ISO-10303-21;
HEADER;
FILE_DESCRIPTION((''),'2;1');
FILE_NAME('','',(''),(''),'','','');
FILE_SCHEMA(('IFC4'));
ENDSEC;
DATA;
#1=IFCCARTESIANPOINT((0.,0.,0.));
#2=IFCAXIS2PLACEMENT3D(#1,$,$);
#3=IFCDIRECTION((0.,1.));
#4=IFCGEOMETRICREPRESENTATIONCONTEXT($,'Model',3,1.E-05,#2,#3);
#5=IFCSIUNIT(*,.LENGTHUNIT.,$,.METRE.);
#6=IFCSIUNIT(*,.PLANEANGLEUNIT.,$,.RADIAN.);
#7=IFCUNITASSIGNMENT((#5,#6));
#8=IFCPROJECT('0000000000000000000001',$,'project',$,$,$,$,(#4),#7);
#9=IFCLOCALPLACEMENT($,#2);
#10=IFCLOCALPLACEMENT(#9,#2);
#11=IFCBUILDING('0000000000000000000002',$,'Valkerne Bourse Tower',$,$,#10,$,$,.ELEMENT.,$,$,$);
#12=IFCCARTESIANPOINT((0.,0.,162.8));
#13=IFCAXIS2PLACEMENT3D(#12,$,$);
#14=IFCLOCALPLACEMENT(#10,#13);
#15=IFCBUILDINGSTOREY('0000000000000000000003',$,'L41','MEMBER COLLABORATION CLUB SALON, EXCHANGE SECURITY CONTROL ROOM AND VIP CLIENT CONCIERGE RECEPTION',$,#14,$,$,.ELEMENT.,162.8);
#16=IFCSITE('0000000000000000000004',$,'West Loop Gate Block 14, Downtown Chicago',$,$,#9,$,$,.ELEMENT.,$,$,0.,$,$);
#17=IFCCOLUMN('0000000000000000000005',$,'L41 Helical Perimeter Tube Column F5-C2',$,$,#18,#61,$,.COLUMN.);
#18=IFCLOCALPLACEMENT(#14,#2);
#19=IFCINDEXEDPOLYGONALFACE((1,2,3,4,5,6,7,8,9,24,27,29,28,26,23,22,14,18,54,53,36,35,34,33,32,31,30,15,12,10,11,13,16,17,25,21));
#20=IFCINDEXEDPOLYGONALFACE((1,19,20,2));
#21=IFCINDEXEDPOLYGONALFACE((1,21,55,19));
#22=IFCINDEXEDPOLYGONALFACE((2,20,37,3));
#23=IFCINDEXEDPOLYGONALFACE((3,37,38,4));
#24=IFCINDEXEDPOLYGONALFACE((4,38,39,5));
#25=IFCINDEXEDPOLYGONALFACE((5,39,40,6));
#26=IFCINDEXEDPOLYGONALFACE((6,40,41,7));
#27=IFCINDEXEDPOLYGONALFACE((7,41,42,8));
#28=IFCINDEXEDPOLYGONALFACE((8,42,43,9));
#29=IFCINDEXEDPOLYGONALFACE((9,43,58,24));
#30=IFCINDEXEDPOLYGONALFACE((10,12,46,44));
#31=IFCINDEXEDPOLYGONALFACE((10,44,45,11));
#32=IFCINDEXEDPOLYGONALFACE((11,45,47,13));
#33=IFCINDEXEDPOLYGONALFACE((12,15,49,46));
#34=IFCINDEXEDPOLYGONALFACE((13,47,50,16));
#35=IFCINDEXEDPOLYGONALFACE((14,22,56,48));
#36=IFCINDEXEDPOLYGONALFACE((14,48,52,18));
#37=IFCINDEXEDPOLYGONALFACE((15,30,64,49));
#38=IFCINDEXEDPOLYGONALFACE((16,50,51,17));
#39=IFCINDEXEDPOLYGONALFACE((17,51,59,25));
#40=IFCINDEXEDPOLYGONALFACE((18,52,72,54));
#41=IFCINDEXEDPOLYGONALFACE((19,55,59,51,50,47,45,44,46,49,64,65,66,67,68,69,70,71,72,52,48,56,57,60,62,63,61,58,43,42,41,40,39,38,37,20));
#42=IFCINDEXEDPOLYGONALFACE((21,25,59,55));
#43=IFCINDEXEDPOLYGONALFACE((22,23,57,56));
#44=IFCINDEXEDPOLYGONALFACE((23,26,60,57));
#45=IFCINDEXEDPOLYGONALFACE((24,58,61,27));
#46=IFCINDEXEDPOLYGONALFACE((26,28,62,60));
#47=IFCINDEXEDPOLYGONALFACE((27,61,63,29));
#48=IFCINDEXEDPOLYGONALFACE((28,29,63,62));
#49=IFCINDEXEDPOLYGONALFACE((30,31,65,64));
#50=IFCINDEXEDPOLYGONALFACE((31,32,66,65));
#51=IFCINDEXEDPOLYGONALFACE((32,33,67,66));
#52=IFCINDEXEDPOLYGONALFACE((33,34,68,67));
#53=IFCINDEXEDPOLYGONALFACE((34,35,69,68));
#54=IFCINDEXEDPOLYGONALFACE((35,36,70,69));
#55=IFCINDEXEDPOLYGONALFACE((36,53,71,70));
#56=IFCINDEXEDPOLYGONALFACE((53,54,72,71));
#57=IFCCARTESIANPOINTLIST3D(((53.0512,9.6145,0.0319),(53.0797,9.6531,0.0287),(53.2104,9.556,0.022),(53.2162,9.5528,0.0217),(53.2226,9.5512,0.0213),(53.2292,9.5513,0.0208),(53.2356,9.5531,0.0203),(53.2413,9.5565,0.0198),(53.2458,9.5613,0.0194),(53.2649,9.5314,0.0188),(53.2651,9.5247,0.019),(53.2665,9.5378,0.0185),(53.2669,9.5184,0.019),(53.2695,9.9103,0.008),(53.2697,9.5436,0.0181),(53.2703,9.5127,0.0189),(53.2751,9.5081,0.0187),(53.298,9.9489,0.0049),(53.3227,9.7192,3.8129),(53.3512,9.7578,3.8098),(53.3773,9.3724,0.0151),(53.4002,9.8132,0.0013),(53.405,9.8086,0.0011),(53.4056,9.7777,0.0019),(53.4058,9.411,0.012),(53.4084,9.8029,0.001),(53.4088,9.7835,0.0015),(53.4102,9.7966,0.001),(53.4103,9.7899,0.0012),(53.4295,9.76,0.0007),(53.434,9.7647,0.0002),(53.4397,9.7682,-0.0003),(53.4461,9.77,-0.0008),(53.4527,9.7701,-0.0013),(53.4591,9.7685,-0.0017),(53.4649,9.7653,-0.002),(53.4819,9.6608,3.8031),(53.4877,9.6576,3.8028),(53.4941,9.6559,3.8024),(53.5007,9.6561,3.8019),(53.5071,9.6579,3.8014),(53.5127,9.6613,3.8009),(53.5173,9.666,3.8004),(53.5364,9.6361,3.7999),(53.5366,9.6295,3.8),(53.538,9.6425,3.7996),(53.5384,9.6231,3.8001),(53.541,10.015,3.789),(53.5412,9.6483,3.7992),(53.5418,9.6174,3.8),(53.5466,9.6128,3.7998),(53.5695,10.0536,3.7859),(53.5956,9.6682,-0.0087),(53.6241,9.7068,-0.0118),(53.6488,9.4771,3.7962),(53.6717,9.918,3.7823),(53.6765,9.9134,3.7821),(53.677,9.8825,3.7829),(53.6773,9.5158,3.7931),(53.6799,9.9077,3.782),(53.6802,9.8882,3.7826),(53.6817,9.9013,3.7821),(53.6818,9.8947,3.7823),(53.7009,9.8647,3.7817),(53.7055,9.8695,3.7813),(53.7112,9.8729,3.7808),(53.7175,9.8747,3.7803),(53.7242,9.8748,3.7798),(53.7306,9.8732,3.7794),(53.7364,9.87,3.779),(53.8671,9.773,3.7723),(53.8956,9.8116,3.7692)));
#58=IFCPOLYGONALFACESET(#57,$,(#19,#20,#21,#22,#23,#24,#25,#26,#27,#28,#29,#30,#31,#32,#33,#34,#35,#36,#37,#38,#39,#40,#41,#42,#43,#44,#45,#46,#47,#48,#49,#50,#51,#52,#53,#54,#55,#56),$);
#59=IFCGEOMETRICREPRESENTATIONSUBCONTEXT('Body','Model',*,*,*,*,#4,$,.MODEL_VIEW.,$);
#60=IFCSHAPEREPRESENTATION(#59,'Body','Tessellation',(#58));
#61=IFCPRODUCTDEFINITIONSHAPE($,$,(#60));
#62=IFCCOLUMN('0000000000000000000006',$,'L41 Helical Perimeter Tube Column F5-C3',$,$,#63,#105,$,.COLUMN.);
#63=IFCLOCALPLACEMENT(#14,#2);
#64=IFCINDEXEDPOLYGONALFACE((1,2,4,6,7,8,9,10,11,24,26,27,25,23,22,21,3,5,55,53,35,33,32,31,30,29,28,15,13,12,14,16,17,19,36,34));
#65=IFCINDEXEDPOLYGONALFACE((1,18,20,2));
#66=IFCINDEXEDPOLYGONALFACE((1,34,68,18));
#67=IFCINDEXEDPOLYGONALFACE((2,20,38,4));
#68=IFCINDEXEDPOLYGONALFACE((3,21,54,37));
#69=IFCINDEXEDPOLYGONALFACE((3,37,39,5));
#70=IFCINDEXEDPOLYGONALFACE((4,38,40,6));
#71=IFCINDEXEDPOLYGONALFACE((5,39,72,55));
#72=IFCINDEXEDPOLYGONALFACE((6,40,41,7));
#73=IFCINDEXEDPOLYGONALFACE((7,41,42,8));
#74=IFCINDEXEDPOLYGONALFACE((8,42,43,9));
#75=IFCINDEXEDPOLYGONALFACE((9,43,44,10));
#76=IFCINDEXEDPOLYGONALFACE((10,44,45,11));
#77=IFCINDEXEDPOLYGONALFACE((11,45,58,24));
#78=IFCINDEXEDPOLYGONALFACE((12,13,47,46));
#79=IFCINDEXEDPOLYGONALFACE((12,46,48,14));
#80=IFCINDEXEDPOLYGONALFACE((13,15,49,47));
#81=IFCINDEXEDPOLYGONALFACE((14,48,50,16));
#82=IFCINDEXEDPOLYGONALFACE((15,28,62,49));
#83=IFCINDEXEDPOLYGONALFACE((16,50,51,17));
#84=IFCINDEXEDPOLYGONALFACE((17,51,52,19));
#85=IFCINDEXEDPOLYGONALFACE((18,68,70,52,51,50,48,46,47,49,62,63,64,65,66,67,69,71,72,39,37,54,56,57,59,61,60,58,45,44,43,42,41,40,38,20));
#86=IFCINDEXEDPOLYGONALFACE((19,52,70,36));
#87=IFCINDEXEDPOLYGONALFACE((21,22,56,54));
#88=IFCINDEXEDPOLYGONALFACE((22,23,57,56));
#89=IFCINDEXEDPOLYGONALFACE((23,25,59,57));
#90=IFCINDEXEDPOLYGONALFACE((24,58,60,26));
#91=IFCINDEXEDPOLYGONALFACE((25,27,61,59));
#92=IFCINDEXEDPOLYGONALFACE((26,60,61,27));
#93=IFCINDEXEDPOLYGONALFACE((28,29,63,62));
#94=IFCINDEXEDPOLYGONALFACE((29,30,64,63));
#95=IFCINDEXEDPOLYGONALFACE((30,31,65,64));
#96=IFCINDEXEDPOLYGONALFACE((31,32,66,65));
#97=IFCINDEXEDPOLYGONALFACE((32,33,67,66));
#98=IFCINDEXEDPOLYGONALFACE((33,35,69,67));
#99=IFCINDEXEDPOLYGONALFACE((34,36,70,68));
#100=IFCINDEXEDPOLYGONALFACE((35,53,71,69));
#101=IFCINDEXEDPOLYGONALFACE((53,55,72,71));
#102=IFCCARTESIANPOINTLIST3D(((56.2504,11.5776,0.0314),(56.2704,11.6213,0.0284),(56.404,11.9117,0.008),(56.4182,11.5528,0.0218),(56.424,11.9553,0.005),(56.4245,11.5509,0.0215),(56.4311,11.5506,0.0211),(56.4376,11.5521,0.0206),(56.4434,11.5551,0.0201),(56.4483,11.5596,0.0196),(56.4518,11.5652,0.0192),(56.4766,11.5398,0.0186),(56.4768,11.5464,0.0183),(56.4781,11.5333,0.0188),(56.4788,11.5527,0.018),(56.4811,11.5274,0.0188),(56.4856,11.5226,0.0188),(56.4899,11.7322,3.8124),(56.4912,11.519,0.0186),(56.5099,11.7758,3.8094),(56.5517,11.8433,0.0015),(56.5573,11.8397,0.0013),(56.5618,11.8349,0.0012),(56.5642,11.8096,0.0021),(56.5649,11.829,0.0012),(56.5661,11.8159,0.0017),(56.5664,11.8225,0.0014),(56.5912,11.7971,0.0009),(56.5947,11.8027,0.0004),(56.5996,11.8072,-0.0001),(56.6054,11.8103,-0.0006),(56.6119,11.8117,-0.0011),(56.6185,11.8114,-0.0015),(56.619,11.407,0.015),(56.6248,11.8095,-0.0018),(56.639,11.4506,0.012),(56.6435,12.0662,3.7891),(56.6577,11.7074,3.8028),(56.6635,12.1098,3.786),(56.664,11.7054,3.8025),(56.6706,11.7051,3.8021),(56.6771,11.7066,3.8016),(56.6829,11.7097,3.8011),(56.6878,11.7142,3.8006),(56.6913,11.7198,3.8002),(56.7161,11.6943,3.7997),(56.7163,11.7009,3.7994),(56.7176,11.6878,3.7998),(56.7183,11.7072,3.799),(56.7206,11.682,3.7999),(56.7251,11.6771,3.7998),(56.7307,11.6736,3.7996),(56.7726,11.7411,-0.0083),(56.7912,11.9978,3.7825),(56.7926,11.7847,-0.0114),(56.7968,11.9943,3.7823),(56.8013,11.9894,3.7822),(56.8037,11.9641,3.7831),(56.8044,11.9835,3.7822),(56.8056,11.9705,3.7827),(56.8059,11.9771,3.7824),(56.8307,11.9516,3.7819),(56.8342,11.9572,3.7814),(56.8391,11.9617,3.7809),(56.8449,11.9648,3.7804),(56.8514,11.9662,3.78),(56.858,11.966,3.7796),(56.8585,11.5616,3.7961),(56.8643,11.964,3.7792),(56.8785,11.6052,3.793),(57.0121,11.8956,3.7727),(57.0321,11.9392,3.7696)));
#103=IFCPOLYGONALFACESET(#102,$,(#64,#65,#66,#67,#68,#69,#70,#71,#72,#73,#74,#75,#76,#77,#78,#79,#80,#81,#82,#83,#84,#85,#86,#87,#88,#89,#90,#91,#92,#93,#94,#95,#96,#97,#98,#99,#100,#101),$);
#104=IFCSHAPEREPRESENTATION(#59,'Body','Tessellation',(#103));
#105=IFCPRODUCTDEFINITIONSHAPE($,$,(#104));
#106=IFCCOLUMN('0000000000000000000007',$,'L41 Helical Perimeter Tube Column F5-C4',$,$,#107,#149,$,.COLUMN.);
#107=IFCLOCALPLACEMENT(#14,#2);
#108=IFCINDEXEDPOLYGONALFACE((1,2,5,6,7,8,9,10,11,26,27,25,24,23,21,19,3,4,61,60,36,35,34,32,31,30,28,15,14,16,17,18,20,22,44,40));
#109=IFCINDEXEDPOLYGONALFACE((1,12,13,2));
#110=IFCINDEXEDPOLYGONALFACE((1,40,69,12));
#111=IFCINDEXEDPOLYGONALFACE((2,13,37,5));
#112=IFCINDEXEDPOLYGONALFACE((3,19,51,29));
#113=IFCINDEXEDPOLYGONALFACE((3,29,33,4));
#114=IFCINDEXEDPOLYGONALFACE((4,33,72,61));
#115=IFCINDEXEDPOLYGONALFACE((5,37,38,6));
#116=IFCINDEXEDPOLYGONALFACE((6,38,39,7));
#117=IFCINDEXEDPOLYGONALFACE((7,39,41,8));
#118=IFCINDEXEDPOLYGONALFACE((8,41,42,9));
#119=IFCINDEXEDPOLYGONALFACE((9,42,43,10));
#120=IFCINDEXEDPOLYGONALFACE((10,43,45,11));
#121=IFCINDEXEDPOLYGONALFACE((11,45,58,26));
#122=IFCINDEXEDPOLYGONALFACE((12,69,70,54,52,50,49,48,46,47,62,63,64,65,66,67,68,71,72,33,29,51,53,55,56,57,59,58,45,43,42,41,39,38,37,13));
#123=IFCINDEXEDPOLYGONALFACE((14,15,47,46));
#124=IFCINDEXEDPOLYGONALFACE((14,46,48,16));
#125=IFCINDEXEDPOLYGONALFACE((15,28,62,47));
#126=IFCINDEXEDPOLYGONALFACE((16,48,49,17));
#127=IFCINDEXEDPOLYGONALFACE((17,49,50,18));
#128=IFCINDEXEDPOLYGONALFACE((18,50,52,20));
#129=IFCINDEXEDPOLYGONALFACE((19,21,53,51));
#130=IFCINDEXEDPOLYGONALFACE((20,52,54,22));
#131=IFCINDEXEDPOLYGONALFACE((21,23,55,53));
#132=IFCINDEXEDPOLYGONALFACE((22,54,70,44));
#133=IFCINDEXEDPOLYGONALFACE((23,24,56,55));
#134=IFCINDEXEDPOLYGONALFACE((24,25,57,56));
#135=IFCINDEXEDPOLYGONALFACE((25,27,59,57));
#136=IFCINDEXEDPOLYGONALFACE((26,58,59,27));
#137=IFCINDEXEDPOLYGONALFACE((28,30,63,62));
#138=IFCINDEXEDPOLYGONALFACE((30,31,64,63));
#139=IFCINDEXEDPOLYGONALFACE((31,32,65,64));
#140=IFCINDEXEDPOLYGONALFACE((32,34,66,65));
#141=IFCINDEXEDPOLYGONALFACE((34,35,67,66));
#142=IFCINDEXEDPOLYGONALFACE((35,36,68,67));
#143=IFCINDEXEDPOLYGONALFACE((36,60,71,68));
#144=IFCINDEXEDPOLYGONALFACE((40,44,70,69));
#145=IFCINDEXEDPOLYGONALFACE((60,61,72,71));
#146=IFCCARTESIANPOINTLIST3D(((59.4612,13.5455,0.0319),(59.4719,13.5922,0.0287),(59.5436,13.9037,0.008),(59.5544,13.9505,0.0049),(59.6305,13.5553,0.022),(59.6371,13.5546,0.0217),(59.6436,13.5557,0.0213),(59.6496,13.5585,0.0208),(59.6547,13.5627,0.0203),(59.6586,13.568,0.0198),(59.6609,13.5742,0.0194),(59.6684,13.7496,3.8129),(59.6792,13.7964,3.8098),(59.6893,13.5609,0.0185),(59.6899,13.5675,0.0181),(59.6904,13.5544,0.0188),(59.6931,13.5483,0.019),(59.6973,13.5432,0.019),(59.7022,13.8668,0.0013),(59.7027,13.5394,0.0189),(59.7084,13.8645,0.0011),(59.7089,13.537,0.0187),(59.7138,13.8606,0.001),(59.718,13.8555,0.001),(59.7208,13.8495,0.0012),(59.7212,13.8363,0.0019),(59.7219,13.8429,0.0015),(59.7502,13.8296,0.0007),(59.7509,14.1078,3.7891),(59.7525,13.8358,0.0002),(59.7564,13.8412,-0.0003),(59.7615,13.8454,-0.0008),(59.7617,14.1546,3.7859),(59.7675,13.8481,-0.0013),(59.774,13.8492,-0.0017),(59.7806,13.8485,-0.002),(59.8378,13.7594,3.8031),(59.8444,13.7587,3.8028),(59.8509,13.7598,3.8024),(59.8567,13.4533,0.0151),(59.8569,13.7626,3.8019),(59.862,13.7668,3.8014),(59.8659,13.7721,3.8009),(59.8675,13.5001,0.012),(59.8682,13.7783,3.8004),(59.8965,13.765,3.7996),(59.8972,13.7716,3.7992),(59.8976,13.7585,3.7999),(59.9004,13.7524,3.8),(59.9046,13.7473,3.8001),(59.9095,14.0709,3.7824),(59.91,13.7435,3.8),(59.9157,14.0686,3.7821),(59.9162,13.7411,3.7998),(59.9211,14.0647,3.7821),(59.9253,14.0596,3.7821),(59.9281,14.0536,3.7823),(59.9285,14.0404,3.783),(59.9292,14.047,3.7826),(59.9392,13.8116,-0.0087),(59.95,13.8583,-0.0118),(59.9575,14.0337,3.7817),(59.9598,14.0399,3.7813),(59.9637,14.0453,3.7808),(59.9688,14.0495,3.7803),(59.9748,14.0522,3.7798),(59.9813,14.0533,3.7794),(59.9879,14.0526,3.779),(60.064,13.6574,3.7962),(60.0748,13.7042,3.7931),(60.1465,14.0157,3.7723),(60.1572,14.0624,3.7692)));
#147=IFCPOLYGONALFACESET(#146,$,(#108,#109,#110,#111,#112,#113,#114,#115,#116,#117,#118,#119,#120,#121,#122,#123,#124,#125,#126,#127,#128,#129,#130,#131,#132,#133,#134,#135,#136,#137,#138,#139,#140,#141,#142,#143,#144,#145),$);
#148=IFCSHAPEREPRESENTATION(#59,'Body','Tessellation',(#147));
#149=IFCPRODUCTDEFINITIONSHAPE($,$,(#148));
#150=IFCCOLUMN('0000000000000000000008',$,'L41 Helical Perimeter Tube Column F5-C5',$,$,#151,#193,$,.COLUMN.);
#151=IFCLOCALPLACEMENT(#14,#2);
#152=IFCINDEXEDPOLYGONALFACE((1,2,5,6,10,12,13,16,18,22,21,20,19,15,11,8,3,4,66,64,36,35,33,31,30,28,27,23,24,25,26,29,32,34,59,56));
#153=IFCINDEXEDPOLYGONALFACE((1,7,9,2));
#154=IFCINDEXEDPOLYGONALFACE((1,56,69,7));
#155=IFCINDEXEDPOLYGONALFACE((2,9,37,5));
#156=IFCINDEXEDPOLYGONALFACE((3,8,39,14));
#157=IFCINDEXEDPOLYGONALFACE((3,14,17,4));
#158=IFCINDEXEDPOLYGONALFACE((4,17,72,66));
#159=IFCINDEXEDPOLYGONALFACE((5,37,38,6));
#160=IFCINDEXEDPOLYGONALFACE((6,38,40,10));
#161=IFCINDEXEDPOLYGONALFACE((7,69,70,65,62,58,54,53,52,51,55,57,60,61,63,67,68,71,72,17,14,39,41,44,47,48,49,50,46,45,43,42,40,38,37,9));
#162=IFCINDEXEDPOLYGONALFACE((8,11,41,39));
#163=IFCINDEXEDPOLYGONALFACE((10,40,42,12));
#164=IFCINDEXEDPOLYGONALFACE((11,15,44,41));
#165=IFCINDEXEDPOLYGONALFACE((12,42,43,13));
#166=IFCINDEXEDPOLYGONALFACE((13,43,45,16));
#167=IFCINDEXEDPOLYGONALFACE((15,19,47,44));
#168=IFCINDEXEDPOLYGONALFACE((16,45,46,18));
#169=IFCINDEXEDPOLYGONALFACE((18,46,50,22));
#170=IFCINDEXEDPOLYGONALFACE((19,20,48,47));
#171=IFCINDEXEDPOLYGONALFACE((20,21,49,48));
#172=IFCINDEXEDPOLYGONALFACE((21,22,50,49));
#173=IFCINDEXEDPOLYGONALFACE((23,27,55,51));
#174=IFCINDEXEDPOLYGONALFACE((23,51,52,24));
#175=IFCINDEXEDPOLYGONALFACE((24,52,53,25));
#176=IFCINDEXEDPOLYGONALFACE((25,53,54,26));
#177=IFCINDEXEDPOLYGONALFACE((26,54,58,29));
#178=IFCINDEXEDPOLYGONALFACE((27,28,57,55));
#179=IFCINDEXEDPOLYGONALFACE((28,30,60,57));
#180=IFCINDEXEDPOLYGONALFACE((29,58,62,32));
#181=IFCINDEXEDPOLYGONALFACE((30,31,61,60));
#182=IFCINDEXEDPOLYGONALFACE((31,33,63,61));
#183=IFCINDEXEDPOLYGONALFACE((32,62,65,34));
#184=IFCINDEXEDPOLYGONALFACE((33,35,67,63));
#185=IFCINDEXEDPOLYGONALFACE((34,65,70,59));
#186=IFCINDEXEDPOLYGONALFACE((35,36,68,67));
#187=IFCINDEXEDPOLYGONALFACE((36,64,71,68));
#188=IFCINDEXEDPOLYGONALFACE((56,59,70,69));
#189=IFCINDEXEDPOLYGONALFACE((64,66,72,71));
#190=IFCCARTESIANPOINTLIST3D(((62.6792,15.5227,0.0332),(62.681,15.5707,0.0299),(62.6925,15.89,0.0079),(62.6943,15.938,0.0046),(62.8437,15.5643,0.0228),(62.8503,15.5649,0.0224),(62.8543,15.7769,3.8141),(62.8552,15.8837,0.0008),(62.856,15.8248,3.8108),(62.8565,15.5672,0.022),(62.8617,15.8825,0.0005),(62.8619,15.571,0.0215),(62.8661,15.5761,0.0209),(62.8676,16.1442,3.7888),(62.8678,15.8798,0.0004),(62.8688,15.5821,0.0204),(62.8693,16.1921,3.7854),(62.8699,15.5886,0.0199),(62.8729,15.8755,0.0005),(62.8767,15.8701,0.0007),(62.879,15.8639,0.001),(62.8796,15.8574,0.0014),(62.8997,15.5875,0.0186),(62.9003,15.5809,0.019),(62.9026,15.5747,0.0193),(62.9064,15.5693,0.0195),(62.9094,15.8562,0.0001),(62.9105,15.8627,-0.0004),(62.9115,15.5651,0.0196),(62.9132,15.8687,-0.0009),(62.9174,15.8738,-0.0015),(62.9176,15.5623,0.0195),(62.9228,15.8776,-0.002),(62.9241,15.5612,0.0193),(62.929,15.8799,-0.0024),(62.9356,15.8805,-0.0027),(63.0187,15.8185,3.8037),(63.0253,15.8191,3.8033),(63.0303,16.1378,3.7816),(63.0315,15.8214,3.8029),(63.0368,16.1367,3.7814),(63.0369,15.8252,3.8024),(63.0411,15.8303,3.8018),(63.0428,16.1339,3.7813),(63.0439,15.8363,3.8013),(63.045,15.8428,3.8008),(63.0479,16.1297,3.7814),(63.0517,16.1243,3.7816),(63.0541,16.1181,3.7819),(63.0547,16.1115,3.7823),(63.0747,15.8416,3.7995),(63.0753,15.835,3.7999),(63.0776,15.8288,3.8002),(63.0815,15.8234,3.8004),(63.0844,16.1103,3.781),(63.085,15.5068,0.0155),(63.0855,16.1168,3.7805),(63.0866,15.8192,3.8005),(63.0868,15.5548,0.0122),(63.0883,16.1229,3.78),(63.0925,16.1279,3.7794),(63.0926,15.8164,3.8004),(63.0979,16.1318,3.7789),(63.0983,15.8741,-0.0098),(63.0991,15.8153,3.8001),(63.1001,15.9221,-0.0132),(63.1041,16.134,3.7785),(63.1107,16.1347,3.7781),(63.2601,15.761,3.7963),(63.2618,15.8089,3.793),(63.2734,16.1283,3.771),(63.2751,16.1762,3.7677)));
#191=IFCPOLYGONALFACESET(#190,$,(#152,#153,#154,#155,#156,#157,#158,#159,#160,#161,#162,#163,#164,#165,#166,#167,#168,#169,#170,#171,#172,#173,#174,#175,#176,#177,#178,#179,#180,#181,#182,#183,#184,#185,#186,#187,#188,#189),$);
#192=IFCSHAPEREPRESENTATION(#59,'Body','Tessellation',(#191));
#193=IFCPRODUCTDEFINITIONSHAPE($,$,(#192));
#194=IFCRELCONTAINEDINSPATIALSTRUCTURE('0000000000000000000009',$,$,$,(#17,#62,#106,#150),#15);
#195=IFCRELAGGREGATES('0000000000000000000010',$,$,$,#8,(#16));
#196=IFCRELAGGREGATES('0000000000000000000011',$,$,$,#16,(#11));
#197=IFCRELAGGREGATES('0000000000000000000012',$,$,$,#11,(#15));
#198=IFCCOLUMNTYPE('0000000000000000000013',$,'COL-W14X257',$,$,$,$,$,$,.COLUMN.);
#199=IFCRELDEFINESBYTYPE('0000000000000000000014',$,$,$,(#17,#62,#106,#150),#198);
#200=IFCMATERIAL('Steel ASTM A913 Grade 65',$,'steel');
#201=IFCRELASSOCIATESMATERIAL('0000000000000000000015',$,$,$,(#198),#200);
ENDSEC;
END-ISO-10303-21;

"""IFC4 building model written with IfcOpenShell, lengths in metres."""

from ifc_helpers import new_model, si_unit, direction, frame, origin, origin_2d, place, context, subcontext, project, spatial, i_section, extrude, material, material_profile, profile_set, type_object, element, save


model = new_model("IFC4")

# Units and contexts
model_context = context("Model", 3, precision=1e-05, world=origin(), true_north=direction((0.0, 1.0)))
body_context = subcontext(model_context, "Body", "Model", "MODEL_VIEW")
ifc_project = project(units=[si_unit("LENGTHUNIT", "METRE"), si_unit("PLANEANGLEUNIT", "RADIAN")], contexts=[model_context])

# Site, building, storey
site_placement = place(None, origin())
site = spatial("IfcSite", under=ifc_project, at=site_placement, Name="West Loop Gate Block 14, Downtown Chicago", CompositionType="ELEMENT", RefElevation=0.0)
building_placement = place(site_placement, origin())
building = spatial("IfcBuilding", under=site, at=building_placement, Name="Valkerne Bourse Tower", CompositionType="ELEMENT")
storey_placement = place(building_placement, frame((0.0, 0.0, 162.8)))
storey = spatial("IfcBuildingStorey", under=building, at=storey_placement, Name="L41", Description="MEMBER COLLABORATION CLUB SALON, EXCHANGE SECURITY CONTROL ROOM AND VIP CLIENT CONCIERGE RECEPTION", CompositionType="ELEMENT", Elevation=162.8)

# Columns
ifc_material_1 = material(Name="Steel ASTM A913 Grade 65", Category="steel")
ifc_material_profile_1 = material_profile(ifc_material_1, i_section(OverallWidth=0.4065, OverallDepth=0.4165, WebThickness=0.0298, FlangeThickness=0.0481, FilletRadius=0.0254, at=origin_2d()), Name="W14X257")
ifc_profile_set_1 = profile_set([ifc_material_profile_1], Name="Steel ASTM A913 Grade 65")
column_type = type_object("IfcColumnType", Name="COL-W14X257", PredefinedType="COLUMN", material=ifc_profile_set_1)
column_1_placement = place(storey_placement, frame((53.3376, 9.6606, 0.01), z_axis=(0.07159, 0.027619, 0.997052), x_axis=(-0.802343, 0.595445, 0.041116)))
element("IfcColumn", 1, at=column_1_placement, inside=storey, type_object=column_type, Name="L41 Helical Perimeter Tube Column F5-C2", PredefinedType="COLUMN", context=body_context, shape_type="SweptSolid", body=[
    extrude(i_section(OverallWidth=0.4065, OverallDepth=0.4165, WebThickness=0.0298, FlangeThickness=0.0481, FilletRadius=0.0254, at=origin_2d()), origin(), (0.0, 0.0, 1.0), 3.7922),
])
column_2_placement = place(storey_placement, frame((56.5215, 11.6812, 0.01), z_axis=(0.063164, 0.040757, 0.997171), x_axis=(-0.906742, 0.419759, 0.040279)))
element("IfcColumn", 2, at=column_2_placement, inside=storey, type_object=column_type, Name="L41 Helical Perimeter Tube Column F5-C3", PredefinedType="COLUMN", context=body_context, shape_type="SweptSolid", body=[
    extrude(i_section(OverallWidth=0.4065, OverallDepth=0.4165, WebThickness=0.0298, FlangeThickness=0.0481, FilletRadius=0.0254, at=origin_2d()), origin(), (0.0, 0.0, 1.0), 3.7917),
])
column_3_placement = place(storey_placement, frame((59.7056, 13.7019, 0.01), z_axis=(0.054659, 0.053822, 0.997053), x_axis=(-0.97308, 0.226774, 0.041103)))
element("IfcColumn", 3, at=column_3_placement, inside=storey, type_object=column_type, Name="L41 Helical Perimeter Tube Column F5-C4", PredefinedType="COLUMN", context=body_context, shape_type="SweptSolid", body=[
    extrude(i_section(OverallWidth=0.4065, OverallDepth=0.4165, WebThickness=0.0298, FlangeThickness=0.0481, FilletRadius=0.0254, at=origin_2d()), origin(), (0.0, 0.0, 1.0), 3.7922),
])
column_4_placement = place(storey_placement, frame((62.8896, 15.7224, 0.01), z_axis=(0.046143, 0.066995, 0.996686), x_axis=(-0.998284, 0.03911, 0.043589)))
element("IfcColumn", 4, at=column_4_placement, inside=storey, type_object=column_type, Name="L41 Helical Perimeter Tube Column F5-C5", PredefinedType="COLUMN", context=body_context, shape_type="SweptSolid", body=[
    extrude(i_section(OverallWidth=0.4065, OverallDepth=0.4165, WebThickness=0.0298, FlangeThickness=0.0481, FilletRadius=0.0254, at=origin_2d()), origin(), (0.0, 0.0, 1.0), 3.7935),
])

save(model, "model.ifc")
